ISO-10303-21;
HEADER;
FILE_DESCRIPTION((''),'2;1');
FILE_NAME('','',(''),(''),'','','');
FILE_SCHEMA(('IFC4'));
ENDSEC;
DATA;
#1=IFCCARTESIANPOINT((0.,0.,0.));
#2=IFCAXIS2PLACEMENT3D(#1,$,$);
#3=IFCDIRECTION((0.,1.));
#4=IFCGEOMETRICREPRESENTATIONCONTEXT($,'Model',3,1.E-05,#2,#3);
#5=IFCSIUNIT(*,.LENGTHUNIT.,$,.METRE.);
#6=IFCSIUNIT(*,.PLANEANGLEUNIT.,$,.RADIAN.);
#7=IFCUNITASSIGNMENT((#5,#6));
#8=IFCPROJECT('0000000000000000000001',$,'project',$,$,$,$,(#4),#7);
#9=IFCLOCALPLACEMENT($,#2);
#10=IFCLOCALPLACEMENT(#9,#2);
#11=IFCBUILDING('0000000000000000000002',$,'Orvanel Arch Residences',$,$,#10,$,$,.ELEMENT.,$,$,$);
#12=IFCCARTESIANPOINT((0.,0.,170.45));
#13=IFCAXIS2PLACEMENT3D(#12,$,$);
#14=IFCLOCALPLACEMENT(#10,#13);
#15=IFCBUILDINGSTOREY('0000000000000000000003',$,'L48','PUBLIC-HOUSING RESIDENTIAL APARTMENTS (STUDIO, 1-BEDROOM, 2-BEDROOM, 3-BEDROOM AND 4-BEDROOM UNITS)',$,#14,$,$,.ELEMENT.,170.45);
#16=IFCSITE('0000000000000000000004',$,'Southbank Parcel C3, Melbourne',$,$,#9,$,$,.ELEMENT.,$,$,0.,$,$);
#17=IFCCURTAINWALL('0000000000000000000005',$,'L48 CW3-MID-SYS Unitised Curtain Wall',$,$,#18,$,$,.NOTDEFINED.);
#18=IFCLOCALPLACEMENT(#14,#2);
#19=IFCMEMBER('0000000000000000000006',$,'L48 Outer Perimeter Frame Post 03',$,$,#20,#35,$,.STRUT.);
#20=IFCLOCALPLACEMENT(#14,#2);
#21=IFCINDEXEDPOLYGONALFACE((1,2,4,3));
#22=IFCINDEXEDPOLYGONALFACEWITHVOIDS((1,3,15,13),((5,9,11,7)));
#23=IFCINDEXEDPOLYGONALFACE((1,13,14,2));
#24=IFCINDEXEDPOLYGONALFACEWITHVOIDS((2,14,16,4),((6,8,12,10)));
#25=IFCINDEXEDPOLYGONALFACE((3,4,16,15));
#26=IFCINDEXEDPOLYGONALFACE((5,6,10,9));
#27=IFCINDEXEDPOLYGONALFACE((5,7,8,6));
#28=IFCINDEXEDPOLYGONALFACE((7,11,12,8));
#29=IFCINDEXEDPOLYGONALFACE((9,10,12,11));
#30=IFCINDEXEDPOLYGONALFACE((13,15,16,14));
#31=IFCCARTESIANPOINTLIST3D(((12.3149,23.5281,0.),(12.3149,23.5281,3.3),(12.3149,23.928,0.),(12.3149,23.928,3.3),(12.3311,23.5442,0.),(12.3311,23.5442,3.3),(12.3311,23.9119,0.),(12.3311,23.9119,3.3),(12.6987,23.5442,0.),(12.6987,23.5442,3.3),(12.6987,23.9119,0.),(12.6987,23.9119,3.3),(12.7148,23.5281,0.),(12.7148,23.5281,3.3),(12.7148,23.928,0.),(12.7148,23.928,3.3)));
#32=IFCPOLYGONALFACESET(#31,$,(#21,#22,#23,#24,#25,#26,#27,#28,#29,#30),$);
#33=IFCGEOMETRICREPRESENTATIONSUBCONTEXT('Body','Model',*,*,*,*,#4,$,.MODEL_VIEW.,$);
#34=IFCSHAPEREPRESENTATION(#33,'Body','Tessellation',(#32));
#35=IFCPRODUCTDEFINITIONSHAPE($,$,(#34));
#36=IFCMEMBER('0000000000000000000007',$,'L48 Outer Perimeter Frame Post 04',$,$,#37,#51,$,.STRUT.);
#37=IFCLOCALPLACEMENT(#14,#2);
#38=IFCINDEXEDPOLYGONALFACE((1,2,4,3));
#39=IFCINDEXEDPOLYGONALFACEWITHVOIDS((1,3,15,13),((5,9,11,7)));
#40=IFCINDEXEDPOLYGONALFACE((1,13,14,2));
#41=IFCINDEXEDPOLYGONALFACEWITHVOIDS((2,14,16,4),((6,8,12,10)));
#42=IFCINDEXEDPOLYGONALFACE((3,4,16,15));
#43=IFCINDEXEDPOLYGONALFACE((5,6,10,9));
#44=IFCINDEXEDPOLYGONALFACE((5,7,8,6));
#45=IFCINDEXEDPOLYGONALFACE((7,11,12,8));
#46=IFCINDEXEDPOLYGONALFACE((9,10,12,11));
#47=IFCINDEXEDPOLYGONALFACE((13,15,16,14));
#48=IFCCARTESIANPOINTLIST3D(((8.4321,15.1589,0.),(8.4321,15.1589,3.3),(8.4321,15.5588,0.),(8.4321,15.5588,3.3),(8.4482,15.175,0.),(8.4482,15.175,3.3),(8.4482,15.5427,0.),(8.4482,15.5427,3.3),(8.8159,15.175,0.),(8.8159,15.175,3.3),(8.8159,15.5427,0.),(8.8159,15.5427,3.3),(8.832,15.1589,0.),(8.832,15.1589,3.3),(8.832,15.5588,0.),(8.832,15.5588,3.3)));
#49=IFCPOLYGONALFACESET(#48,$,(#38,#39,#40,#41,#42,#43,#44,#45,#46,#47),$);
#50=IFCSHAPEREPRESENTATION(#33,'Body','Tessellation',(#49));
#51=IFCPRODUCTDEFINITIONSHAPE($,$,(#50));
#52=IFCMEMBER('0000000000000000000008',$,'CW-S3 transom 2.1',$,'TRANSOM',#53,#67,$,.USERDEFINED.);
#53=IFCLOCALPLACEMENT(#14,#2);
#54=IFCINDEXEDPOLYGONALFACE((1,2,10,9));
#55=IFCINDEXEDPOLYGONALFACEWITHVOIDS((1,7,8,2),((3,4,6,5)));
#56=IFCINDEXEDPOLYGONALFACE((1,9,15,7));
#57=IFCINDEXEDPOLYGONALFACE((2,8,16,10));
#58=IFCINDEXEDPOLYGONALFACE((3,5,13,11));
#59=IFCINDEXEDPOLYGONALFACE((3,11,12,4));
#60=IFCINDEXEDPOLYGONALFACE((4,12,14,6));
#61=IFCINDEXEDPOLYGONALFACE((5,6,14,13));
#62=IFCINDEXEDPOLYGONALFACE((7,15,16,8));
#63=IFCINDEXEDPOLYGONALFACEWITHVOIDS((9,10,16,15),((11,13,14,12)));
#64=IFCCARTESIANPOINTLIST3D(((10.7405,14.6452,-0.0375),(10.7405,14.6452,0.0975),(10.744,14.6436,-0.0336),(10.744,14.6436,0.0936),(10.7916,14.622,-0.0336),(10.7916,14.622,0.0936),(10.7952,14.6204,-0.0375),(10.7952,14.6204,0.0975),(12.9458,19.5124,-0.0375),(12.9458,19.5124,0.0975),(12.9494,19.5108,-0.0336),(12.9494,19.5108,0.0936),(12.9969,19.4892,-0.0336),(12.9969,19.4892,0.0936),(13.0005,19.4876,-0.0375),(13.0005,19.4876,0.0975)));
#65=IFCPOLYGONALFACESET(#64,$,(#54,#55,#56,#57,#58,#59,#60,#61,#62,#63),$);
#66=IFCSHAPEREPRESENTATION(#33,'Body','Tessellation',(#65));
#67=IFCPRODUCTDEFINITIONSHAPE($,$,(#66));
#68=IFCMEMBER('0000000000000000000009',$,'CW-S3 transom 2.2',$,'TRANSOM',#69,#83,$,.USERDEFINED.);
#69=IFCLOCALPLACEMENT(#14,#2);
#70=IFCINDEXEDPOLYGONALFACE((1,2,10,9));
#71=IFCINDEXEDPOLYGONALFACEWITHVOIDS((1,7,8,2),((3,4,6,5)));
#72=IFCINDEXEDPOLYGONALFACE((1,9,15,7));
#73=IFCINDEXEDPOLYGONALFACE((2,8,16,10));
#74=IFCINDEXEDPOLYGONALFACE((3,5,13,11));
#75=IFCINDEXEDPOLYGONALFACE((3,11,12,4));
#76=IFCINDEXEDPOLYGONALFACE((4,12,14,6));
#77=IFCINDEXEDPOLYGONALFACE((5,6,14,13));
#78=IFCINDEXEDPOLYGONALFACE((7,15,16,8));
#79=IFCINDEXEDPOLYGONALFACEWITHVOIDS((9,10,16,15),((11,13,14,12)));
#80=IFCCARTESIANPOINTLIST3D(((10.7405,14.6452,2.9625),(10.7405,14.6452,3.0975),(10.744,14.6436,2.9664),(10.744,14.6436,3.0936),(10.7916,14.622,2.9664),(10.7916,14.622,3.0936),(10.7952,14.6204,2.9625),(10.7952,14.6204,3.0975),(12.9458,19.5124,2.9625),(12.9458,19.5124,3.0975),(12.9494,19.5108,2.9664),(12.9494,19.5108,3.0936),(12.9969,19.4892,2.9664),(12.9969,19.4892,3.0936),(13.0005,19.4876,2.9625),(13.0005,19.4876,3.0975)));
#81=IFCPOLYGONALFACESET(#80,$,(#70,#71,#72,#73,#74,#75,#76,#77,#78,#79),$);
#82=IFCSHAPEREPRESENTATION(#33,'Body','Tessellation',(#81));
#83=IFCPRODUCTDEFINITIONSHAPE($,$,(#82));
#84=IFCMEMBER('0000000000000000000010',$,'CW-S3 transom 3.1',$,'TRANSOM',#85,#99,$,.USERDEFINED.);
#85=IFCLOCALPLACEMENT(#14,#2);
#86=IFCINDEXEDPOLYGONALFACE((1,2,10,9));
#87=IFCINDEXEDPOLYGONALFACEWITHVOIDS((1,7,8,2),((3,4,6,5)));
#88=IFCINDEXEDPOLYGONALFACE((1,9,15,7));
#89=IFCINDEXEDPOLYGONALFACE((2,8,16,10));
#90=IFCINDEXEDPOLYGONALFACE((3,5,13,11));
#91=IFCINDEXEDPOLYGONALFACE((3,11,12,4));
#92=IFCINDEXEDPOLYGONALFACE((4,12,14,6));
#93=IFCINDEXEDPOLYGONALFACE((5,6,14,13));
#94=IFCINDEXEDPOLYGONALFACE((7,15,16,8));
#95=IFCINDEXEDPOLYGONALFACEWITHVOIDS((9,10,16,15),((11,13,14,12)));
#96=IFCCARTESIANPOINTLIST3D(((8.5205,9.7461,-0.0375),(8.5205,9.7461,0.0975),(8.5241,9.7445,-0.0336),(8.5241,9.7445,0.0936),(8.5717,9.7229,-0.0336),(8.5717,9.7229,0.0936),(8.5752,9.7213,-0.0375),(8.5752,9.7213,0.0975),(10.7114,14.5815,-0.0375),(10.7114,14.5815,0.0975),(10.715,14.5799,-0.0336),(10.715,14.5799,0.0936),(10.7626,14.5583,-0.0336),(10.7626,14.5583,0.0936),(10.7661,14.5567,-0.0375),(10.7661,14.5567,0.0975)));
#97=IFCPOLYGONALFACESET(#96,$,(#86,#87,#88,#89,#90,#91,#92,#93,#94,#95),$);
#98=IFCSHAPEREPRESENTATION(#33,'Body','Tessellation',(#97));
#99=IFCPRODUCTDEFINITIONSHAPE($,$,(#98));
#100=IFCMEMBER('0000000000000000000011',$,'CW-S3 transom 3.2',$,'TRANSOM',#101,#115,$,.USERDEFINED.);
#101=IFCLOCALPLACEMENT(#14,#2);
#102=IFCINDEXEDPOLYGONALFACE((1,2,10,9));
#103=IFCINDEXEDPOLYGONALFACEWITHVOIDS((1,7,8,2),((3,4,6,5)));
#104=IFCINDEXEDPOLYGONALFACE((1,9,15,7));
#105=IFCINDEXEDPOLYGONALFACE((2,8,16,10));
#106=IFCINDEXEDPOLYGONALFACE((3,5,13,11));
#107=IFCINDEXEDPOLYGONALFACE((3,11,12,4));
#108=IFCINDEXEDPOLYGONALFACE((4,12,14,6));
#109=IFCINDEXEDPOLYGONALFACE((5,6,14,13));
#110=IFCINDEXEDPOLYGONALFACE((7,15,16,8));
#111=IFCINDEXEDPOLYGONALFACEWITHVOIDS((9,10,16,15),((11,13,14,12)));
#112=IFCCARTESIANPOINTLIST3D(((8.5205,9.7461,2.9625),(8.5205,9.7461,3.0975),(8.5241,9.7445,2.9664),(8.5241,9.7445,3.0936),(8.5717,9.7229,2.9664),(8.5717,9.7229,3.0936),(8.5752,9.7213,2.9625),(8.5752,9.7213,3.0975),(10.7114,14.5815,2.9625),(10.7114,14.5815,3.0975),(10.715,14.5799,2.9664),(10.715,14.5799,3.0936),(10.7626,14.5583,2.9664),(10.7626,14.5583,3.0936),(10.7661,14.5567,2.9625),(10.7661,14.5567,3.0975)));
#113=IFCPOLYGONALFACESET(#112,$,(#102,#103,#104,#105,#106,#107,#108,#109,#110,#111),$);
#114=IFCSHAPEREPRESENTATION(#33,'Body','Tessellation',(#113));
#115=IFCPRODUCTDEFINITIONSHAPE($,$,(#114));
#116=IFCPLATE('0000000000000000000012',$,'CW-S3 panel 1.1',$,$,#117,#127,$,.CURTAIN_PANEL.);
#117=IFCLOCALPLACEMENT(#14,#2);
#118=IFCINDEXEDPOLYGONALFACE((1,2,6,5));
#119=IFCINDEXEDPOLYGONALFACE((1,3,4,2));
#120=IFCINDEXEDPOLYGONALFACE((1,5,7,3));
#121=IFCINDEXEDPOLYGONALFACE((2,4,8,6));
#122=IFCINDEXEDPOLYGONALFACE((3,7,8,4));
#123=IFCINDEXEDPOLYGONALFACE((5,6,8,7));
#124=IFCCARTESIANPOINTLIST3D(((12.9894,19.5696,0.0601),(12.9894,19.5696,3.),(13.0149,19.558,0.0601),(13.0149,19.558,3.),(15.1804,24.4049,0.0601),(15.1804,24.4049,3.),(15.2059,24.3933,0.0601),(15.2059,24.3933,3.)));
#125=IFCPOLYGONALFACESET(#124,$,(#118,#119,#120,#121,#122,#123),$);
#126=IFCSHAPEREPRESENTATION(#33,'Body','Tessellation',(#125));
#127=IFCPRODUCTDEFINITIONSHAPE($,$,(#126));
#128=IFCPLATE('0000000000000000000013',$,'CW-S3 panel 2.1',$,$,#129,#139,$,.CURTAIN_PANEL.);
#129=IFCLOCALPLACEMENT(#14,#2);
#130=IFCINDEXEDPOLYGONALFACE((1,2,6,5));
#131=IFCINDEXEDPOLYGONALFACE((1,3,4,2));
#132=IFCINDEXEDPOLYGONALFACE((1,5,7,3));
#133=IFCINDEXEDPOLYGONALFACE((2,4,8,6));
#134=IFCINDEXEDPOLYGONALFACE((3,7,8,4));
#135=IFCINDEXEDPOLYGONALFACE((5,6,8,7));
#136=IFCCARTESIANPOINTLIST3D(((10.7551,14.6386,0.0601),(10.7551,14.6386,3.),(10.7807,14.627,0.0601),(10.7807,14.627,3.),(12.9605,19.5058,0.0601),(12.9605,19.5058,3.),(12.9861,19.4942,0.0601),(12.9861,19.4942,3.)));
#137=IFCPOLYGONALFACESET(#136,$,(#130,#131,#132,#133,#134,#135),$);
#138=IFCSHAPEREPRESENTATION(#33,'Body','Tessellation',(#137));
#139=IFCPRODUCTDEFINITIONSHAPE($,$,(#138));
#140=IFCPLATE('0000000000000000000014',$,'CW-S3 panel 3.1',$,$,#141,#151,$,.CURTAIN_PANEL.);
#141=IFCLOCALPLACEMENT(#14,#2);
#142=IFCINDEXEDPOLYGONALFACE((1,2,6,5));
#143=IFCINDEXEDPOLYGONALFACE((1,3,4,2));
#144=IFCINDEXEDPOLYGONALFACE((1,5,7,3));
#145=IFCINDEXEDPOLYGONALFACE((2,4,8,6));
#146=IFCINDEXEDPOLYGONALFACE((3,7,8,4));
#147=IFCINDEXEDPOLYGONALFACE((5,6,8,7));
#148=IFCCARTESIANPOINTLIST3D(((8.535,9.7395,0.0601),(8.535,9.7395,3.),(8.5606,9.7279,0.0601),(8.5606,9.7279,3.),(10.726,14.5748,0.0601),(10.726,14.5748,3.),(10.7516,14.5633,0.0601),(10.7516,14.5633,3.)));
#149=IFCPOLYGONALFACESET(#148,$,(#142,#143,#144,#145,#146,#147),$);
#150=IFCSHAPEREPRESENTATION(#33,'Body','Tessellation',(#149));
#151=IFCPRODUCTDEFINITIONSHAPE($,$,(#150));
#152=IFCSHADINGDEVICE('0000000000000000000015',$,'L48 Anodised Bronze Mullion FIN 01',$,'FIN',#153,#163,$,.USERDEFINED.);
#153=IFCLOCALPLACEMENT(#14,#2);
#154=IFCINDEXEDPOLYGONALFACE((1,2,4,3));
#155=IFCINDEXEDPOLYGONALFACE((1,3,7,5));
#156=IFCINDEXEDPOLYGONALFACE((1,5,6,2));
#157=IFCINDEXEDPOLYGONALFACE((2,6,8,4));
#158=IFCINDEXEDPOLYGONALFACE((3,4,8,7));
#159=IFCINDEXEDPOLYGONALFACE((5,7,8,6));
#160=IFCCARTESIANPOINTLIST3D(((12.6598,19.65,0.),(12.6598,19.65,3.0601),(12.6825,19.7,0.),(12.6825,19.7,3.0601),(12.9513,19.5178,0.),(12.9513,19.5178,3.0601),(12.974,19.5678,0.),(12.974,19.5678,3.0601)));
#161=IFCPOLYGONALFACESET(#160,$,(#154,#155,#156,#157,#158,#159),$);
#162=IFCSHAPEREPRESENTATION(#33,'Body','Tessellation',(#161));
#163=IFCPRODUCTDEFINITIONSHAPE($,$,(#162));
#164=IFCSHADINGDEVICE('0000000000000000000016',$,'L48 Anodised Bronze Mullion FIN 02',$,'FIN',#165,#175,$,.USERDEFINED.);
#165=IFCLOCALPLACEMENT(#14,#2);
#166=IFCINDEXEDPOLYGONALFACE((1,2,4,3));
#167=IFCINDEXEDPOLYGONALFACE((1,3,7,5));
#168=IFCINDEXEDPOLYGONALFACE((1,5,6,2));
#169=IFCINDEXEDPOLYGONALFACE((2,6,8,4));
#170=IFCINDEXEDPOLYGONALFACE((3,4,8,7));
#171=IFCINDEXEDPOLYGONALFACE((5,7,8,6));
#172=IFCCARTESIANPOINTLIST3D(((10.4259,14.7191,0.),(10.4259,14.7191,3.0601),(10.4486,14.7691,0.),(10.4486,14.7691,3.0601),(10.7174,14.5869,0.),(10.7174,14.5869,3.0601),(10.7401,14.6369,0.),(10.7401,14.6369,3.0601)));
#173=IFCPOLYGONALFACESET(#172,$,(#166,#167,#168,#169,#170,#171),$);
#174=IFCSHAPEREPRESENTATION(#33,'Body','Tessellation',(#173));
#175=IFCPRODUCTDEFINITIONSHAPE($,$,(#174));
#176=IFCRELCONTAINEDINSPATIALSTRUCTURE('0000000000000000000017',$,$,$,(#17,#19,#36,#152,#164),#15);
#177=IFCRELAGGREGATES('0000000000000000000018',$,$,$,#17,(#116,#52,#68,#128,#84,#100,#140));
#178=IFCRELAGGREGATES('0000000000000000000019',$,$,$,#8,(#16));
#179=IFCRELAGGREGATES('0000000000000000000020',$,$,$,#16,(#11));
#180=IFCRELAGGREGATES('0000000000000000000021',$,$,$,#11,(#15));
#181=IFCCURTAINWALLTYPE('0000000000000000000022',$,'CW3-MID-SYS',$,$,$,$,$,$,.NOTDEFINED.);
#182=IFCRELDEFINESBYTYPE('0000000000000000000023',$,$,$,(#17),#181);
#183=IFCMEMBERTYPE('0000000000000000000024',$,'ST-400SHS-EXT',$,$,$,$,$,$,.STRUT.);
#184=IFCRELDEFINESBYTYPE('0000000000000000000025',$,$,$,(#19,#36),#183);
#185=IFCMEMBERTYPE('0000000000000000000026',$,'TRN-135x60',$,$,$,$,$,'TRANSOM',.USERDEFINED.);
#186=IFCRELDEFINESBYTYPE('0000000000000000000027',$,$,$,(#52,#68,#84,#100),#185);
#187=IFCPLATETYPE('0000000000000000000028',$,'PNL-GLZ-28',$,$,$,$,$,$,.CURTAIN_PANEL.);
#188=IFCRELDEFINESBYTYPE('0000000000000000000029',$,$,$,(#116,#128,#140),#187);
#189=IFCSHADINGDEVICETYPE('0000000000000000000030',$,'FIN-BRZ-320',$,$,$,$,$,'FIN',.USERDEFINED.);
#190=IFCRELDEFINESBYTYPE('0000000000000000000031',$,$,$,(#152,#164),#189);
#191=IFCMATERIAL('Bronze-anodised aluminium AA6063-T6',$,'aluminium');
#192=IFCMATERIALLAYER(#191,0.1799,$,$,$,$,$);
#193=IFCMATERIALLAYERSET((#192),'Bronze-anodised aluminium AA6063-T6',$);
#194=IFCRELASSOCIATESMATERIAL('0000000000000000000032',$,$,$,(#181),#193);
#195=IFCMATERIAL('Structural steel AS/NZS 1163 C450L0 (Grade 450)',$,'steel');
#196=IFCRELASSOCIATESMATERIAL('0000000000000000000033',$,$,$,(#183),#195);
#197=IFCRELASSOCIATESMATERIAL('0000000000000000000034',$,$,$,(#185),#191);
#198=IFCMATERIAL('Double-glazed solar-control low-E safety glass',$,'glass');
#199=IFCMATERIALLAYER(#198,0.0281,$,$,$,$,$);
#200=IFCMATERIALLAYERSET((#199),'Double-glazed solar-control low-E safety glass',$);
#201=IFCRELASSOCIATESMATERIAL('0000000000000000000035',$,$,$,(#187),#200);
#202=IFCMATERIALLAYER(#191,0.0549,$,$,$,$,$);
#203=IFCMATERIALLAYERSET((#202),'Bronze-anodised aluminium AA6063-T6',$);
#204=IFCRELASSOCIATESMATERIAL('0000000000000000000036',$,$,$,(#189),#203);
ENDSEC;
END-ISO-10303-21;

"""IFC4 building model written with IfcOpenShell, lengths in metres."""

from ifc_helpers import new_model, si_unit, direction, frame, origin, origin_2d, place, context, subcontext, project, spatial, rectangle, hollow_rectangle, extrude, material, layer, layer_set, material_profile, profile_set, type_object, element, aggregate, save


model = new_model("IFC4")

# Units and contexts
model_context = context("Model", 3, precision=1e-05, world=origin(), true_north=direction((0.0, 1.0)))
body_context = subcontext(model_context, "Body", "Model", "MODEL_VIEW")
ifc_project = project(units=[si_unit("LENGTHUNIT", "METRE"), si_unit("PLANEANGLEUNIT", "RADIAN")], contexts=[model_context])

# Site, building, storey
site_placement = place(None, origin())
site = spatial("IfcSite", under=ifc_project, at=site_placement, Name="Southbank Parcel C3, Melbourne", CompositionType="ELEMENT", RefElevation=0.0)
building_placement = place(site_placement, origin())
building = spatial("IfcBuilding", under=site, at=building_placement, Name="Orvanel Arch Residences", CompositionType="ELEMENT")
storey_placement = place(building_placement, frame((0.0, 0.0, 170.45)))
storey = spatial("IfcBuildingStorey", under=building, at=storey_placement, Name="L48", Description="PUBLIC-HOUSING RESIDENTIAL APARTMENTS (STUDIO, 1-BEDROOM, 2-BEDROOM, 3-BEDROOM AND 4-BEDROOM UNITS)", CompositionType="ELEMENT", Elevation=170.45)

# Shared definitions
ifc_material_1 = material(Name="Bronze-anodised aluminium AA6063-T6", Category="aluminium")

# Curtain wall
ifc_layer_1 = layer(ifc_material_1, 0.1799)
ifc_layer_set_1 = layer_set([ifc_layer_1], Name="Bronze-anodised aluminium AA6063-T6")
curtain_wall_type_1 = type_object("IfcCurtainWallType", Name="CW3-MID-SYS", PredefinedType="NOTDEFINED", material=ifc_layer_set_1)
curtain_wall_1_placement = place(storey_placement, origin())
curtain_wall_1 = element("IfcCurtainWall", 1, at=curtain_wall_1_placement, inside=storey, type_object=curtain_wall_type_1, Name="L48 CW3-MID-SYS Unitised Curtain Wall", PredefinedType="NOTDEFINED")

# Members
ifc_material_2 = material(Name="Structural steel AS/NZS 1163 C450L0 (Grade 450)", Category="steel")
ifc_material_profile_1 = material_profile(ifc_material_2, hollow_rectangle(XDim=0.3999, YDim=0.3999, WallThickness=0.0161, at=origin_2d()), Name="SHS400x400x16")
ifc_profile_set_1 = profile_set([ifc_material_profile_1], Name="Structural steel AS/NZS 1163 C450L0 (Grade 450)")
member_type_1 = type_object("IfcMemberType", Name="ST-400SHS-EXT", PredefinedType="STRUT", material=ifc_profile_set_1)
for number, where, z_axis, x_axis, name in (
    (2, (12.5149, 23.728, 0.0), (0.0, 0.0, 1.0), (1.0, 0.0, 0.0), "L48 Outer Perimeter Frame Post 03"),
    (3, (8.6321, 15.3589, 0.0), (0.0, 0.0, 1.0), (1.0, 0.0, 0.0), "L48 Outer Perimeter Frame Post 04"),
):
    element("IfcMember", number, at=place(storey_placement, frame(where, z_axis=z_axis, x_axis=x_axis)), inside=storey, type_object=member_type_1, Name=name, PredefinedType="STRUT", context=body_context, shape_type="SweptSolid", body=[
        extrude(hollow_rectangle(XDim=0.3999, YDim=0.3999, WallThickness=0.0161, at=origin_2d()), origin(), (0.0, 0.0, 1.0), 3.3),
    ])

# Members
ifc_material_profile_2 = material_profile(ifc_material_1, hollow_rectangle(XDim=0.0601, YDim=0.135, WallThickness=0.0039, at=origin_2d()), Name="ALU135x60x4")
ifc_profile_set_2 = profile_set([ifc_material_profile_2], Name="Bronze-anodised aluminium AA6063-T6")
member_type_2 = type_object("IfcMemberType", Name="TRN-135x60", ElementType="TRANSOM", PredefinedType="USERDEFINED", material=ifc_profile_set_2)
member_1_placement = place(storey_placement, frame((12.9731, 19.5, 0.03), z_axis=(-0.412711, -0.910862, 0.0), x_axis=(0.910862, -0.412711, 0.0)))
member_1 = element("IfcMember", 4, at=member_1_placement, type_object=member_type_2, Name="CW-S3 transom 2.1", ObjectType="TRANSOM", PredefinedType="USERDEFINED", context=body_context, shape_type="SweptSolid", body=[
    extrude(hollow_rectangle(XDim=0.0601, YDim=0.135, WallThickness=0.0039, at=origin_2d()), origin(), (0.0, 0.0, 1.0), 5.3435),
])
member_2_placement = place(storey_placement, frame((12.9731, 19.5, 3.03), z_axis=(-0.412711, -0.910862, 0.0), x_axis=(0.910862, -0.412711, 0.0)))
member_2 = element("IfcMember", 5, at=member_2_placement, type_object=member_type_2, Name="CW-S3 transom 2.2", ObjectType="TRANSOM", PredefinedType="USERDEFINED", context=body_context, shape_type="SweptSolid", body=[
    extrude(hollow_rectangle(XDim=0.0601, YDim=0.135, WallThickness=0.0039, at=origin_2d()), origin(), (0.0, 0.0, 1.0), 5.3435),
])
member_3_placement = place(storey_placement, frame((10.7388, 14.5691, 0.03), z_axis=(-0.412708, -0.910864, 0.0), x_axis=(0.910864, -0.412708, 0.0)))
member_3 = element("IfcMember", 6, at=member_3_placement, type_object=member_type_2, Name="CW-S3 transom 3.1", ObjectType="TRANSOM", PredefinedType="USERDEFINED", context=body_context, shape_type="SweptSolid", body=[
    extrude(hollow_rectangle(XDim=0.0601, YDim=0.135, WallThickness=0.0039, at=origin_2d()), origin(), (0.0, 0.0, 1.0), 5.3086),
])
member_4_placement = place(storey_placement, frame((10.7388, 14.5691, 3.03), z_axis=(-0.412708, -0.910864, 0.0), x_axis=(0.910864, -0.412708, 0.0)))
member_4 = element("IfcMember", 7, at=member_4_placement, type_object=member_type_2, Name="CW-S3 transom 3.2", ObjectType="TRANSOM", PredefinedType="USERDEFINED", context=body_context, shape_type="SweptSolid", body=[
    extrude(hollow_rectangle(XDim=0.0601, YDim=0.135, WallThickness=0.0039, at=origin_2d()), origin(), (0.0, 0.0, 1.0), 5.3086),
])

# Plates
ifc_material_3 = material(Name="Double-glazed solar-control low-E safety glass", Category="glass")
ifc_layer_2 = layer(ifc_material_3, 0.0281)
ifc_layer_set_2 = layer_set([ifc_layer_2], Name="Double-glazed solar-control low-E safety glass")
plate_type = type_object("IfcPlateType", Name="PNL-GLZ-28", PredefinedType="CURTAIN_PANEL", material=ifc_layer_set_2)
plate_1_placement = place(storey_placement, frame((14.0977, 21.9814, 0.0601), z_axis=(0.0, 0.0, 1.0), x_axis=(-0.412726, -0.910855, 0.0)))
plate_1 = element("IfcPlate", 8, at=plate_1_placement, type_object=plate_type, Name="CW-S3 panel 1.1", PredefinedType="CURTAIN_PANEL", context=body_context, shape_type="SweptSolid", body=[
    extrude(rectangle(XDim=5.3086, YDim=0.0281, at=origin_2d()), origin(), (0.0, 0.0, 1.0), 2.9399),
])
plate_2_placement = place(storey_placement, frame((11.8706, 17.0664, 0.0601), z_axis=(0.0, 0.0, 1.0), x_axis=(-0.412726, -0.910855, 0.0)))
plate_2 = element("IfcPlate", 9, at=plate_2_placement, type_object=plate_type, Name="CW-S3 panel 2.1", PredefinedType="CURTAIN_PANEL", context=body_context, shape_type="SweptSolid", body=[
    extrude(rectangle(XDim=5.3435, YDim=0.0281, at=origin_2d()), origin(), (0.0, 0.0, 1.0), 2.9399),
])
plate_3_placement = place(storey_placement, frame((9.6433, 12.1514, 0.0601), z_axis=(0.0, 0.0, 1.0), x_axis=(-0.412726, -0.910855, 0.0)))
plate_3 = element("IfcPlate", 10, at=plate_3_placement, type_object=plate_type, Name="CW-S3 panel 3.1", PredefinedType="CURTAIN_PANEL", context=body_context, shape_type="SweptSolid", body=[
    extrude(rectangle(XDim=5.3086, YDim=0.0281, at=origin_2d()), origin(), (0.0, 0.0, 1.0), 2.9399),
])
aggregate(curtain_wall_1, [plate_1, member_1, member_2, plate_2, member_3, member_4, plate_3])

# Shading devices
ifc_layer_3 = layer(ifc_material_1, 0.0549)
ifc_layer_set_3 = layer_set([ifc_layer_3], Name="Bronze-anodised aluminium AA6063-T6")
shading_device_type = type_object("IfcShadingDeviceType", Name="FIN-BRZ-320", ElementType="FIN", PredefinedType="USERDEFINED", material=ifc_layer_set_3)
for number, where, z_axis, x_axis, name in (
    (11, (12.8169, 19.6089, 0.0), (0.0, 0.0, 1.0), (-0.910684, 0.413104, 0.0), "L48 Anodised Bronze Mullion FIN 01"),
    (12, (10.583, 14.678, 0.0), (0.0, 0.0, 1.0), (-0.910684, 0.413104, 0.0), "L48 Anodised Bronze Mullion FIN 02"),
):
    element("IfcShadingDevice", number, at=place(storey_placement, frame(where, z_axis=z_axis, x_axis=x_axis)), inside=storey, type_object=shading_device_type, Name=name, ObjectType="FIN", PredefinedType="USERDEFINED", context=body_context, shape_type="SweptSolid", body=[
        extrude(rectangle(XDim=0.3201, YDim=0.0549, at=origin_2d()), origin(), (0.0, 0.0, 1.0), 3.0601),
    ])

save(model, "model.ifc")
